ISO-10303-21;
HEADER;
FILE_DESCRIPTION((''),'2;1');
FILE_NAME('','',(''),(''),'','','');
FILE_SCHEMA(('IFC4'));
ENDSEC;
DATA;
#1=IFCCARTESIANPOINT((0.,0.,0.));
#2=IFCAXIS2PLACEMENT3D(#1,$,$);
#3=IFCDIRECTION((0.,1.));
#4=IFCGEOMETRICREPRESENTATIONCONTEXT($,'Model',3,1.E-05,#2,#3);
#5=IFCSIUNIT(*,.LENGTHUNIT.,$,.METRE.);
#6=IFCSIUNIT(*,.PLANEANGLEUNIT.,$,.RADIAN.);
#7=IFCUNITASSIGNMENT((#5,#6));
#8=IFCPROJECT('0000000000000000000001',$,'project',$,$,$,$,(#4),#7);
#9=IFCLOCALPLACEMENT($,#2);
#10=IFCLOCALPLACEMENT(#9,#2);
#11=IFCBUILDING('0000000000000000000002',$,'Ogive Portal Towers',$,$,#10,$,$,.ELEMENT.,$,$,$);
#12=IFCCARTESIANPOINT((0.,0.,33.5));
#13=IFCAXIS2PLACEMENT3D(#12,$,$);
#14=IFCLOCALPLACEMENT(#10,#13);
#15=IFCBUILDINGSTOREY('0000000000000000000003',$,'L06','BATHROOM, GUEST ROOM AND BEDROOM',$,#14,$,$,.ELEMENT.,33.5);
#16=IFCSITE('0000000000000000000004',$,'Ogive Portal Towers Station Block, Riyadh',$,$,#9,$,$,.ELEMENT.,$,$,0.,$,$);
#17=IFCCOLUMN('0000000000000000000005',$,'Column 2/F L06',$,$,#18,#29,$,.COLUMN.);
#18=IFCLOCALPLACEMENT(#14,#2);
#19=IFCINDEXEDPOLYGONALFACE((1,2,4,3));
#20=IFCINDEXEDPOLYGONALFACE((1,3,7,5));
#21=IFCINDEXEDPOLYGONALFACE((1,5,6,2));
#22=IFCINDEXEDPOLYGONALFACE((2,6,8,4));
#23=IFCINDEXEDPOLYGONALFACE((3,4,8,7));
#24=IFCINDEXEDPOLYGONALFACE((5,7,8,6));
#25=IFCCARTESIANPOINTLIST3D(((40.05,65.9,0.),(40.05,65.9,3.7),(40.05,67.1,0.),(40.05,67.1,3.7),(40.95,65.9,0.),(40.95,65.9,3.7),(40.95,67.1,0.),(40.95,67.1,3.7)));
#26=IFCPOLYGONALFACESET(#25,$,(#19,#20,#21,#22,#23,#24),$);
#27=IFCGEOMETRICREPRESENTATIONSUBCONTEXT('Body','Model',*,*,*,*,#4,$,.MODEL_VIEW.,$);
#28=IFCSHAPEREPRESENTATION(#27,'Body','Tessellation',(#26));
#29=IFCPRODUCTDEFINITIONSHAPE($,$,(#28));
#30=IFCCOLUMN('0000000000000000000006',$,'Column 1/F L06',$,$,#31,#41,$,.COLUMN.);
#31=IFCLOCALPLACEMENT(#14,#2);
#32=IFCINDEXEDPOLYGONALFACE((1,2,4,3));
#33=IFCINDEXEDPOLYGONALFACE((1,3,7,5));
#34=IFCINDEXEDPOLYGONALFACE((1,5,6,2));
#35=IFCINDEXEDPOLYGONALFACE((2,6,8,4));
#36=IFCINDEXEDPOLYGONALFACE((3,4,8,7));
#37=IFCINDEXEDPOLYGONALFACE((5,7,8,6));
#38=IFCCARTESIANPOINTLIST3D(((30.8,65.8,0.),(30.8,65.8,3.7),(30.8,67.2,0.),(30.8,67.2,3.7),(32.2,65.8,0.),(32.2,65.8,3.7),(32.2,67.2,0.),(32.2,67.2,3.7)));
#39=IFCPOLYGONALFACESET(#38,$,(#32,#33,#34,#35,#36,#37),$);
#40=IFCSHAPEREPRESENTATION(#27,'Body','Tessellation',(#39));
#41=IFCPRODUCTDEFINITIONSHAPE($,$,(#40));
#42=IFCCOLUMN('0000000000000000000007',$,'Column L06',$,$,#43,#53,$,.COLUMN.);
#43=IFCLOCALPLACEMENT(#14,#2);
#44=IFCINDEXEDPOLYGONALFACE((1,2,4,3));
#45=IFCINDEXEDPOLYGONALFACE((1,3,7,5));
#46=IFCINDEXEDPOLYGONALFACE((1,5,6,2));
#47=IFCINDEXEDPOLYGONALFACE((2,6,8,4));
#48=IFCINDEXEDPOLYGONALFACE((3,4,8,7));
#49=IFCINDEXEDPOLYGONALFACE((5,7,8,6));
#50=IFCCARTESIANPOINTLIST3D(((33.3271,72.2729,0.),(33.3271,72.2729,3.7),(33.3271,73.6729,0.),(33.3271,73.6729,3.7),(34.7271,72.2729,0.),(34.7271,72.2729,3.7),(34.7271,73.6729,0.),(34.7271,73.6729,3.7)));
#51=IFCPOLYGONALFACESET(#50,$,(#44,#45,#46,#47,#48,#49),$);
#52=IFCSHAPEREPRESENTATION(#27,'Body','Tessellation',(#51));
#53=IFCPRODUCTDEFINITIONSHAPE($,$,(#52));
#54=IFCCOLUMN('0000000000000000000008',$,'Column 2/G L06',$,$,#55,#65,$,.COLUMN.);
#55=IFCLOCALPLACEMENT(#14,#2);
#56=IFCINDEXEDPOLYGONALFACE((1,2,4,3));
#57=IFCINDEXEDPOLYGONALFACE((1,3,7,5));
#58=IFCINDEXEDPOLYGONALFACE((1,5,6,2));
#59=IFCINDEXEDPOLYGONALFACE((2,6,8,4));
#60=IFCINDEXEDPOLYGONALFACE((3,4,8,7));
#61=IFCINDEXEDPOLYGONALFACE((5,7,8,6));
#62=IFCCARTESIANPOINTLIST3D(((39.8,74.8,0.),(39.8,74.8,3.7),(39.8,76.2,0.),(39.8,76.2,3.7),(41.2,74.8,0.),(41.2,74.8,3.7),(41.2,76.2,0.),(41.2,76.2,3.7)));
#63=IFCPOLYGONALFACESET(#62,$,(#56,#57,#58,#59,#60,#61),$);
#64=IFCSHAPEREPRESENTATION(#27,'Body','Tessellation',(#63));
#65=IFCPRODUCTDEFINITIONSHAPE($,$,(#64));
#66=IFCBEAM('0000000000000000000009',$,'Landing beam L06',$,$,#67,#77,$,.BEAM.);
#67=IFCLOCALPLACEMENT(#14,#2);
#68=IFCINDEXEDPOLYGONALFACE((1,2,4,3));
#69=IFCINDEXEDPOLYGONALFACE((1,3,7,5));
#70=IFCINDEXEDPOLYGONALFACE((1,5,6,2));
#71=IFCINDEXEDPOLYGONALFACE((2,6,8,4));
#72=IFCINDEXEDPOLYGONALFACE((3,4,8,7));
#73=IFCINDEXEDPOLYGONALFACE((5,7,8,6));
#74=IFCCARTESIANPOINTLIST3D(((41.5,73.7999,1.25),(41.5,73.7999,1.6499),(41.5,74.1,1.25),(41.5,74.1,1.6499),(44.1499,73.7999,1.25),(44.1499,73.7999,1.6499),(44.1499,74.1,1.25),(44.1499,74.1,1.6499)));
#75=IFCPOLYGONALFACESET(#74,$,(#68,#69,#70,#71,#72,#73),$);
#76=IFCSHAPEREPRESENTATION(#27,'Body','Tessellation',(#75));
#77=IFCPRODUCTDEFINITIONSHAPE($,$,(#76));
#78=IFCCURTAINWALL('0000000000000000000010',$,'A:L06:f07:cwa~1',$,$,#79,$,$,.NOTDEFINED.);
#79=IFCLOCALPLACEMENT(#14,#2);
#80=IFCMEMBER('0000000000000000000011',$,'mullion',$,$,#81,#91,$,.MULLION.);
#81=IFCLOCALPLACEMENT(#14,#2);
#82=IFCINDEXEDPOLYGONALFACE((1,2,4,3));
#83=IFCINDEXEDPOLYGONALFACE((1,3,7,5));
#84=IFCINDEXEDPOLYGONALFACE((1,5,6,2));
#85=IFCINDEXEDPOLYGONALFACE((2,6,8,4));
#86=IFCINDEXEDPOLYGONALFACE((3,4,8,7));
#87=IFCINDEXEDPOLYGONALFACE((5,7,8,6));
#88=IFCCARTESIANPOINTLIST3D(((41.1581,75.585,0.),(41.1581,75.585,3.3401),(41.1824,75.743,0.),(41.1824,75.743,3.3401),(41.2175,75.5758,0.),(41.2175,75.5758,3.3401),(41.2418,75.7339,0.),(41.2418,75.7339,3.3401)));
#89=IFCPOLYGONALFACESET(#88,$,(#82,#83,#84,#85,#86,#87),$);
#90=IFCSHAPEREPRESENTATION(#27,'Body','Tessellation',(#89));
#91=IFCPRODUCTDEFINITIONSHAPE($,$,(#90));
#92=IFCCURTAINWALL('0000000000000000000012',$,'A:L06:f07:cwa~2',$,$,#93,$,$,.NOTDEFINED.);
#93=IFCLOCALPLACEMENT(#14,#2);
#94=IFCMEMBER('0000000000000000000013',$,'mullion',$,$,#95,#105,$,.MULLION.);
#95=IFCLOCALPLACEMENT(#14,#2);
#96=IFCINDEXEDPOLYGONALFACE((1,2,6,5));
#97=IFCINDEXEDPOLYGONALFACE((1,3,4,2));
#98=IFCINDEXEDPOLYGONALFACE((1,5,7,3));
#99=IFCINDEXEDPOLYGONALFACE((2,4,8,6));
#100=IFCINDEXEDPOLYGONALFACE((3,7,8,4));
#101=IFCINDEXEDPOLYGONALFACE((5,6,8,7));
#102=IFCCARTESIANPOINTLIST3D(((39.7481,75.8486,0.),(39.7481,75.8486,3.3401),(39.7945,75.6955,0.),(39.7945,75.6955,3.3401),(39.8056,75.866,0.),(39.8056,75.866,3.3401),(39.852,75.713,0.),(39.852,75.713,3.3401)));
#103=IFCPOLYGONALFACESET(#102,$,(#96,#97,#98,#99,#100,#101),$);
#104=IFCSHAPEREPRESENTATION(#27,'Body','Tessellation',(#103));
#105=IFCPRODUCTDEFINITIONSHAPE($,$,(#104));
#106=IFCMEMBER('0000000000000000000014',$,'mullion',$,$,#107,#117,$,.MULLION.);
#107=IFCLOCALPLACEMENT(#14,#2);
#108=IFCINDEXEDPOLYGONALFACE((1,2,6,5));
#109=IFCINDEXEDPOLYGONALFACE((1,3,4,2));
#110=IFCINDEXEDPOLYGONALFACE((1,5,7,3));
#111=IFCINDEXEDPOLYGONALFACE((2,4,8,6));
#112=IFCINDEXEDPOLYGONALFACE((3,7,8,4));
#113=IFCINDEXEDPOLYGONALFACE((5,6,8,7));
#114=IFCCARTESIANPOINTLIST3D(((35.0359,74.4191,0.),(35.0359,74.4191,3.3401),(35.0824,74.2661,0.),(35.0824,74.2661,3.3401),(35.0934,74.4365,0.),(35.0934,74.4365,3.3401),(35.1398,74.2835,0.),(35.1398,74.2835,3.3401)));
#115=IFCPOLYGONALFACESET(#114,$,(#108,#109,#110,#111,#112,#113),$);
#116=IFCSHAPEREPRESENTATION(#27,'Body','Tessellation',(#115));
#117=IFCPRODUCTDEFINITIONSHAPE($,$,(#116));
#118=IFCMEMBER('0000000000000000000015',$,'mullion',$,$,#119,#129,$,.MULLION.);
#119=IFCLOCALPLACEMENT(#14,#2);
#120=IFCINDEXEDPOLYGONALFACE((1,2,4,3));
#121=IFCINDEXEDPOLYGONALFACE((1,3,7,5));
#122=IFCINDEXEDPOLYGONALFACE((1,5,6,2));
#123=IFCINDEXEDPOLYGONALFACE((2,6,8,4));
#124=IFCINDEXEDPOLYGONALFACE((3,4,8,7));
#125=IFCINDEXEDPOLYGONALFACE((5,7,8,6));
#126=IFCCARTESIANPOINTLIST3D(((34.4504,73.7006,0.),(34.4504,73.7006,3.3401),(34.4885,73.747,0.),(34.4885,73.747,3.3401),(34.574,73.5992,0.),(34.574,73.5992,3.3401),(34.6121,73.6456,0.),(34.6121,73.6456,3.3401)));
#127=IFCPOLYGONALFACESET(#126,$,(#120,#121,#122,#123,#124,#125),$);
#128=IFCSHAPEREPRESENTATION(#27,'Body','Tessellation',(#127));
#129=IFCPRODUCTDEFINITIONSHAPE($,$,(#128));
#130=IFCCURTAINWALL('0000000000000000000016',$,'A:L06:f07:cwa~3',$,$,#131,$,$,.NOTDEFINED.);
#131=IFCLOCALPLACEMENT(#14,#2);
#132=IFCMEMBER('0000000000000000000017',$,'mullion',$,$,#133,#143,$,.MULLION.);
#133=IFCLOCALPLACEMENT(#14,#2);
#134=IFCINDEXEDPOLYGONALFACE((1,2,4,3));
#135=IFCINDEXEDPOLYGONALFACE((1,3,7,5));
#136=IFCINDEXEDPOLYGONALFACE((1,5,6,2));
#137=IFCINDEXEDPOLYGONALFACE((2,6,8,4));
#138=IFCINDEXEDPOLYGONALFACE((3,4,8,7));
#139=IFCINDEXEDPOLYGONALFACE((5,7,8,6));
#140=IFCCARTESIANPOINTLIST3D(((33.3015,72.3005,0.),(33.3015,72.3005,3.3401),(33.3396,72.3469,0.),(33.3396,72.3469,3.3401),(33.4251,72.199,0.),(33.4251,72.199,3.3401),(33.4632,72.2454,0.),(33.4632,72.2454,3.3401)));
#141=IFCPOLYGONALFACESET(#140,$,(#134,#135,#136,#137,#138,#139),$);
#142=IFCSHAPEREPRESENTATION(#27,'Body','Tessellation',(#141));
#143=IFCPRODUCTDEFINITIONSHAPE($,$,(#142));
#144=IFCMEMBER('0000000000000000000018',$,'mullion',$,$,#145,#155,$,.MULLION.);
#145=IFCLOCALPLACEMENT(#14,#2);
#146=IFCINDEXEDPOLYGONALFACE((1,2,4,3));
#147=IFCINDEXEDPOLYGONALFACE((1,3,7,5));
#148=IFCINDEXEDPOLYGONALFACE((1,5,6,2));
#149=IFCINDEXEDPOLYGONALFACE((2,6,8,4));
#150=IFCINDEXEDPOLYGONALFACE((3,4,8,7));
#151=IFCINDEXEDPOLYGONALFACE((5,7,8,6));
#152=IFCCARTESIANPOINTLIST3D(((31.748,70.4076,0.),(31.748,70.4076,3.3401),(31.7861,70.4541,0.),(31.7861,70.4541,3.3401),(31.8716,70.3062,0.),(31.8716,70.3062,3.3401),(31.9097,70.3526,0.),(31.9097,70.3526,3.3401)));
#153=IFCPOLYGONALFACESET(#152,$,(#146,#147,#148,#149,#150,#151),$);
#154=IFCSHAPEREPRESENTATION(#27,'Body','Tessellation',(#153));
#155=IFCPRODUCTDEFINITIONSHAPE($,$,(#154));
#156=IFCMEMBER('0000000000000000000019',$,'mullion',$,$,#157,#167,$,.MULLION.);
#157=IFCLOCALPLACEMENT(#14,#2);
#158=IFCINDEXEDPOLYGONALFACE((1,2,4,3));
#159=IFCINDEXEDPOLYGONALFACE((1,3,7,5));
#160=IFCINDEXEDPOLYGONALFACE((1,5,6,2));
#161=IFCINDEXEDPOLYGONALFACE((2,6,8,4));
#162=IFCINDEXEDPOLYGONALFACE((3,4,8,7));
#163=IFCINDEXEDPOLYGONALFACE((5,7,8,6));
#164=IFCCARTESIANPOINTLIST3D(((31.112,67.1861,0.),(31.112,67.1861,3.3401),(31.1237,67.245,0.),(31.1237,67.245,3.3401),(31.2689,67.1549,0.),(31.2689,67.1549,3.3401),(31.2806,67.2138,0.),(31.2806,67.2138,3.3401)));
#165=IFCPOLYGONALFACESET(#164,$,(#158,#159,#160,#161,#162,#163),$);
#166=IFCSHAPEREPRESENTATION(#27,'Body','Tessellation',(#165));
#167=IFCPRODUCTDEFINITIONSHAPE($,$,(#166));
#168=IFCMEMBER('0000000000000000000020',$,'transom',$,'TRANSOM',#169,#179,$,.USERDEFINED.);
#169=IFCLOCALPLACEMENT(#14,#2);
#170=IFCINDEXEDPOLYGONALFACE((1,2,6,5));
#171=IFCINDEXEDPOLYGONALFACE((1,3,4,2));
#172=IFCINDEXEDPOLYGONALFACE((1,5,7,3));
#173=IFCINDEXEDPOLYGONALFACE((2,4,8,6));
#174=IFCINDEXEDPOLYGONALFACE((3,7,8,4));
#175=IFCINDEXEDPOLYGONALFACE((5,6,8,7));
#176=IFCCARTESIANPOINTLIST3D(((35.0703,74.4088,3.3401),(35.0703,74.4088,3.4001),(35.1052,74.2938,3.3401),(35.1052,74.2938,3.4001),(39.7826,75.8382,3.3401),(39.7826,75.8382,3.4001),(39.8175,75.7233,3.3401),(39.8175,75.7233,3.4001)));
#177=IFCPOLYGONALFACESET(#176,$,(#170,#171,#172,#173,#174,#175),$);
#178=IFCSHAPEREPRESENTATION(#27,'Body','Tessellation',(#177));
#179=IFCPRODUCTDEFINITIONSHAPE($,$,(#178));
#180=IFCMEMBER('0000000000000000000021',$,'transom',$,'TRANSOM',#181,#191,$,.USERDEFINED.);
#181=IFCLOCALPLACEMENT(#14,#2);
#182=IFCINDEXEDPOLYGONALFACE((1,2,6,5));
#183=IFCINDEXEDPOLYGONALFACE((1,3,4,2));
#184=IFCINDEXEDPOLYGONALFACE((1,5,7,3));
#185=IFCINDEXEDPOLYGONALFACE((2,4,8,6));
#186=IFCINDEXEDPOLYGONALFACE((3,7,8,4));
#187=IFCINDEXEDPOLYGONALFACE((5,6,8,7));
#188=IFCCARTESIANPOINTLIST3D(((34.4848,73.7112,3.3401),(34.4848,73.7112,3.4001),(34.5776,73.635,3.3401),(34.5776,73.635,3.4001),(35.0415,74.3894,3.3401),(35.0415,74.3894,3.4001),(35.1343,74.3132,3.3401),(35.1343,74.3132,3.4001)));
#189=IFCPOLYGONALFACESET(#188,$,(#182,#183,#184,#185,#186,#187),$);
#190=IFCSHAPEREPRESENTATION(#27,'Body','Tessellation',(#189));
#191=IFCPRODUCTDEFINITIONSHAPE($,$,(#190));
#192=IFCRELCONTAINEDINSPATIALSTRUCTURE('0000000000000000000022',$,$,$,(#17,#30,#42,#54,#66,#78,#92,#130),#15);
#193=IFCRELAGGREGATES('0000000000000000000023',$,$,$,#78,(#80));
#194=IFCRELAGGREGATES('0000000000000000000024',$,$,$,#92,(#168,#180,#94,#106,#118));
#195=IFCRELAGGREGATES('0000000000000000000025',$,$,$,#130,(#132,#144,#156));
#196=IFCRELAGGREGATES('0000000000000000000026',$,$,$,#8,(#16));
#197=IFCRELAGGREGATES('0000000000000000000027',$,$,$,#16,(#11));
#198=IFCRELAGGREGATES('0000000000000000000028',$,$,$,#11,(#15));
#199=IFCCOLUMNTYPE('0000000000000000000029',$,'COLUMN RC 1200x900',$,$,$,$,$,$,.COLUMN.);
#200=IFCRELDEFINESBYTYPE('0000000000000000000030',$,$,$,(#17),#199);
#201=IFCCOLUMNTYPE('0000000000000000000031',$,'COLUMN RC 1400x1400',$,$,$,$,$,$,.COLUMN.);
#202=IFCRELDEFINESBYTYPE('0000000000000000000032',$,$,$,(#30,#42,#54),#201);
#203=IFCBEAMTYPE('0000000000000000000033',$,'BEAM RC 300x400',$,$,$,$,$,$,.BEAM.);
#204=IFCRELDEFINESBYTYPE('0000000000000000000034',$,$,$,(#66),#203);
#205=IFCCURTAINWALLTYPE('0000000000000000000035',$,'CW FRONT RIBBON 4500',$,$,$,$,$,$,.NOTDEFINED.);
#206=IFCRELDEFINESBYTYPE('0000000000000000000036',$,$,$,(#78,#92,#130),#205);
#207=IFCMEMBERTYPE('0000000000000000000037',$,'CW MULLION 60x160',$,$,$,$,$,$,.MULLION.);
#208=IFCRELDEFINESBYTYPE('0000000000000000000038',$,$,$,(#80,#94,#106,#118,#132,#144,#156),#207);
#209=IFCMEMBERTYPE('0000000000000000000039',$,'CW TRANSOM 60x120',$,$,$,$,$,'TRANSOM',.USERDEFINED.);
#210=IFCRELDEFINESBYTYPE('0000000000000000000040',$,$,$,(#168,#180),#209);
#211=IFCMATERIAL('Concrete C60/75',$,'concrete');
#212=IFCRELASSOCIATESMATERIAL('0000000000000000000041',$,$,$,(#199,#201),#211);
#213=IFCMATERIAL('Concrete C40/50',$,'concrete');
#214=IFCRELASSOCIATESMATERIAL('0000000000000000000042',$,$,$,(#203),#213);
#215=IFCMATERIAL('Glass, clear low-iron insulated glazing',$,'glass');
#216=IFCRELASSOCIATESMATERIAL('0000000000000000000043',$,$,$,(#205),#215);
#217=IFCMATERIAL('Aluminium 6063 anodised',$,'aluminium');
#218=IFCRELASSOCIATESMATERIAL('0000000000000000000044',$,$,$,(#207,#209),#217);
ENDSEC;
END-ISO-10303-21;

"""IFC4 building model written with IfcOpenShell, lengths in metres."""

from ifc_helpers import new_model, si_unit, direction, frame, origin, origin_2d, place, context, subcontext, project, spatial, rectangle, extrude, material, material_profile, profile_set, type_object, element, aggregate, save


model = new_model("IFC4")

# Units and contexts
model_context = context("Model", 3, precision=1e-05, world=origin(), true_north=direction((0.0, 1.0)))
body_context = subcontext(model_context, "Body", "Model", "MODEL_VIEW")
ifc_project = project(units=[si_unit("LENGTHUNIT", "METRE"), si_unit("PLANEANGLEUNIT", "RADIAN")], contexts=[model_context])

# Site, building, storey
site_placement = place(None, origin())
site = spatial("IfcSite", under=ifc_project, at=site_placement, Name="Ogive Portal Towers Station Block, Riyadh", CompositionType="ELEMENT", RefElevation=0.0)
building_placement = place(site_placement, origin())
building = spatial("IfcBuilding", under=site, at=building_placement, Name="Ogive Portal Towers", CompositionType="ELEMENT")
storey_placement = place(building_placement, frame((0.0, 0.0, 33.5)))
storey = spatial("IfcBuildingStorey", under=building, at=storey_placement, Name="L06", Description="BATHROOM, GUEST ROOM AND BEDROOM", CompositionType="ELEMENT", Elevation=33.5)

# Columns
ifc_material_1 = material(Name="Concrete C60/75", Category="concrete")
ifc_material_profile_1 = material_profile(ifc_material_1, rectangle(XDim=1.2, YDim=0.8999, at=origin_2d()), Name="RC 1200x900")
ifc_profile_set_1 = profile_set([ifc_material_profile_1], Name="Concrete C60/75")
column_type_1 = type_object("IfcColumnType", Name="COLUMN RC 1200x900", PredefinedType="COLUMN", material=ifc_profile_set_1)
column_placement = place(storey_placement, frame((40.5, 66.5, 0.0), z_axis=(0.0, 0.0, 1.0), x_axis=(0.0, 1.0, 0.0)))
element("IfcColumn", 1, at=column_placement, inside=storey, type_object=column_type_1, Name="Column 2/F L06", PredefinedType="COLUMN", context=body_context, shape_type="SweptSolid", body=[
    extrude(rectangle(XDim=1.2, YDim=0.8999, at=origin_2d()), origin(), (0.0, 0.0, 1.0), 3.7),
])
ifc_material_profile_2 = material_profile(ifc_material_1, rectangle(XDim=1.3999, YDim=1.3999, at=origin_2d()), Name="RC 1400x1400")
ifc_profile_set_2 = profile_set([ifc_material_profile_2], Name="Concrete C60/75")
column_type_2 = type_object("IfcColumnType", Name="COLUMN RC 1400x1400", PredefinedType="COLUMN", material=ifc_profile_set_2)
for number, where, z_axis, x_axis, name in (
    (2, (31.5, 66.5, 0.0), (0.0, 0.0, 1.0), (1.0, 0.0, 0.0), "Column 1/F L06"),
    (3, (34.0271, 72.9729, 0.0), (0.0, 0.0, 1.0), (1.0, 0.0, 0.0), "Column L06"),
    (4, (40.5, 75.5, 0.0), (0.0, 0.0, 1.0), (1.0, 0.0, 0.0), "Column 2/G L06"),
):
    element("IfcColumn", number, at=place(storey_placement, frame(where, z_axis=z_axis, x_axis=x_axis)), inside=storey, type_object=column_type_2, Name=name, PredefinedType="COLUMN", context=body_context, shape_type="SweptSolid", body=[
        extrude(rectangle(XDim=1.3999, YDim=1.3999, at=origin_2d()), origin(), (0.0, 0.0, 1.0), 3.7),
    ])

# Beam
ifc_material_2 = material(Name="Concrete C40/50", Category="concrete")
ifc_material_profile_3 = material_profile(ifc_material_2, rectangle(XDim=0.3, YDim=0.3999, at=origin_2d()), Name="RC 300x400")
ifc_profile_set_3 = profile_set([ifc_material_profile_3], Name="Concrete C40/50")
beam_type = type_object("IfcBeamType", Name="BEAM RC 300x400", PredefinedType="BEAM", material=ifc_profile_set_3)
beam_placement = place(storey_placement, frame((41.5, 73.95, 1.45), z_axis=(1.0, 0.0, 0.0), x_axis=(0.0, 1.0, 0.0)))
element("IfcBeam", 5, at=beam_placement, inside=storey, type_object=beam_type, Name="Landing beam L06", PredefinedType="BEAM", context=body_context, shape_type="SweptSolid", body=[
    extrude(rectangle(XDim=0.3, YDim=0.3999, at=origin_2d()), origin(), (0.0, 0.0, 1.0), 2.6499),
])

# Curtain wall, member
ifc_material_3 = material(Name="Glass, clear low-iron insulated glazing", Category="glass")
curtain_wall_type = type_object("IfcCurtainWallType", Name="CW FRONT RIBBON 4500", PredefinedType="NOTDEFINED", material=ifc_material_3)
curtain_wall_1_placement = place(storey_placement, origin())
curtain_wall_1 = element("IfcCurtainWall", 6, at=curtain_wall_1_placement, inside=storey, type_object=curtain_wall_type, Name="A:L06:f07:cwa~1", PredefinedType="NOTDEFINED")
ifc_material_4 = material(Name="Aluminium 6063 anodised", Category="aluminium")
ifc_material_profile_4 = material_profile(ifc_material_4, rectangle(XDim=0.1599, YDim=0.0601, at=origin_2d()), Name="AL 60x160")
ifc_profile_set_4 = profile_set([ifc_material_profile_4], Name="Aluminium 6063 anodised")
member_type_1 = type_object("IfcMemberType", Name="CW MULLION 60x160", PredefinedType="MULLION", material=ifc_profile_set_4)
member_1_placement = place(storey_placement, frame((41.2, 75.6594, 0.0), z_axis=(0.0, 0.0, 1.0), x_axis=(-0.152074, -0.988369, 0.0)))
member_1 = element("IfcMember", 7, at=member_1_placement, type_object=member_type_1, Name="mullion", PredefinedType="MULLION", context=body_context, shape_type="SweptSolid", body=[
    extrude(rectangle(XDim=0.1599, YDim=0.0601, at=origin_2d()), origin(), (0.0, 0.0, 1.0), 3.3401),
])
aggregate(curtain_wall_1, [member_1])

# Curtain walls, members
curtain_wall_2_placement = place(storey_placement, origin())
curtain_wall_2 = element("IfcCurtainWall", 8, at=curtain_wall_2_placement, inside=storey, type_object=curtain_wall_type, Name="A:L06:f07:cwa~2", PredefinedType="NOTDEFINED")
member_2_placement = place(storey_placement, frame((39.8, 75.7808, 0.0), z_axis=(0.0, 0.0, 1.0), x_axis=(0.290285, -0.95694, 0.0)))
member_2 = element("IfcMember", 9, at=member_2_placement, type_object=member_type_1, Name="mullion", PredefinedType="MULLION", context=body_context, shape_type="SweptSolid", body=[
    extrude(rectangle(XDim=0.1599, YDim=0.0601, at=origin_2d()), origin(), (0.0, 0.0, 1.0), 3.3401),
])
member_3_placement = place(storey_placement, frame((35.0879, 74.3513, 0.0), z_axis=(0.0, 0.0, 1.0), x_axis=(0.290285, -0.95694, 0.0)))
member_3 = element("IfcMember", 10, at=member_3_placement, type_object=member_type_1, Name="mullion", PredefinedType="MULLION", context=body_context, shape_type="SweptSolid", body=[
    extrude(rectangle(XDim=0.1599, YDim=0.0601, at=origin_2d()), origin(), (0.0, 0.0, 1.0), 3.3401),
])
member_4_placement = place(storey_placement, frame((34.5312, 73.6731, 0.0), z_axis=(0.0, 0.0, 1.0), x_axis=(0.77301, -0.634393, 0.0)))
member_4 = element("IfcMember", 11, at=member_4_placement, type_object=member_type_1, Name="mullion", PredefinedType="MULLION", context=body_context, shape_type="SweptSolid", body=[
    extrude(rectangle(XDim=0.1599, YDim=0.0601, at=origin_2d()), origin(), (0.0, 0.0, 1.0), 3.3401),
])
curtain_wall_3_placement = place(storey_placement, origin())
curtain_wall_3 = element("IfcCurtainWall", 12, at=curtain_wall_3_placement, inside=storey, type_object=curtain_wall_type, Name="A:L06:f07:cwa~3", PredefinedType="NOTDEFINED")
member_5_placement = place(storey_placement, frame((33.3823, 72.2729, 0.0), z_axis=(0.0, 0.0, 1.0), x_axis=(0.77301, -0.634393, 0.0)))
member_5 = element("IfcMember", 13, at=member_5_placement, type_object=member_type_1, Name="mullion", PredefinedType="MULLION", context=body_context, shape_type="SweptSolid", body=[
    extrude(rectangle(XDim=0.1599, YDim=0.0601, at=origin_2d()), origin(), (0.0, 0.0, 1.0), 3.3401),
])
member_6_placement = place(storey_placement, frame((31.8289, 70.3801, 0.0), z_axis=(0.0, 0.0, 1.0), x_axis=(0.77301, -0.634393, 0.0)))
member_6 = element("IfcMember", 14, at=member_6_placement, type_object=member_type_1, Name="mullion", PredefinedType="MULLION", context=body_context, shape_type="SweptSolid", body=[
    extrude(rectangle(XDim=0.1599, YDim=0.0601, at=origin_2d()), origin(), (0.0, 0.0, 1.0), 3.3401),
])
member_7_placement = place(storey_placement, frame((31.1963, 67.2, 0.0), z_axis=(0.0, 0.0, 1.0), x_axis=(0.980785, -0.19509, 0.0)))
member_7 = element("IfcMember", 15, at=member_7_placement, type_object=member_type_1, Name="mullion", PredefinedType="MULLION", context=body_context, shape_type="SweptSolid", body=[
    extrude(rectangle(XDim=0.1599, YDim=0.0601, at=origin_2d()), origin(), (0.0, 0.0, 1.0), 3.3401),
])

# Members
ifc_material_profile_5 = material_profile(ifc_material_4, rectangle(XDim=0.1201, YDim=0.0601, at=origin_2d()), Name="AL 120x60")
ifc_profile_set_5 = profile_set([ifc_material_profile_5], Name="Aluminium 6063 anodised")
member_type_2 = type_object("IfcMemberType", Name="CW TRANSOM 60x120", ElementType="TRANSOM", PredefinedType="USERDEFINED", material=ifc_profile_set_5)
member_8_placement = place(storey_placement, frame((39.8, 75.7808, 3.3701), z_axis=(-0.956939, -0.290289, 0.0), x_axis=(0.290289, -0.956939, 0.0)))
member_8 = element("IfcMember", 16, at=member_8_placement, type_object=member_type_2, Name="transom", ObjectType="TRANSOM", PredefinedType="USERDEFINED", context=body_context, shape_type="SweptSolid", body=[
    extrude(rectangle(XDim=0.1201, YDim=0.0601, at=origin_2d()), origin(), (0.0, 0.0, 1.0), 4.9243),
])
member_9_placement = place(storey_placement, frame((35.0879, 74.3513, 3.3701), z_axis=(-0.634419, -0.772989, 0.0), x_axis=(0.772989, -0.634419, 0.0)))
member_9 = element("IfcMember", 17, at=member_9_placement, type_object=member_type_2, Name="transom", ObjectType="TRANSOM", PredefinedType="USERDEFINED", context=body_context, shape_type="SweptSolid", body=[
    extrude(rectangle(XDim=0.1201, YDim=0.0601, at=origin_2d()), origin(), (0.0, 0.0, 1.0), 0.8774),
])

aggregate(curtain_wall_2, [member_8, member_9, member_2, member_3, member_4])
aggregate(curtain_wall_3, [member_5, member_6, member_7])

save(model, "model.ifc")
